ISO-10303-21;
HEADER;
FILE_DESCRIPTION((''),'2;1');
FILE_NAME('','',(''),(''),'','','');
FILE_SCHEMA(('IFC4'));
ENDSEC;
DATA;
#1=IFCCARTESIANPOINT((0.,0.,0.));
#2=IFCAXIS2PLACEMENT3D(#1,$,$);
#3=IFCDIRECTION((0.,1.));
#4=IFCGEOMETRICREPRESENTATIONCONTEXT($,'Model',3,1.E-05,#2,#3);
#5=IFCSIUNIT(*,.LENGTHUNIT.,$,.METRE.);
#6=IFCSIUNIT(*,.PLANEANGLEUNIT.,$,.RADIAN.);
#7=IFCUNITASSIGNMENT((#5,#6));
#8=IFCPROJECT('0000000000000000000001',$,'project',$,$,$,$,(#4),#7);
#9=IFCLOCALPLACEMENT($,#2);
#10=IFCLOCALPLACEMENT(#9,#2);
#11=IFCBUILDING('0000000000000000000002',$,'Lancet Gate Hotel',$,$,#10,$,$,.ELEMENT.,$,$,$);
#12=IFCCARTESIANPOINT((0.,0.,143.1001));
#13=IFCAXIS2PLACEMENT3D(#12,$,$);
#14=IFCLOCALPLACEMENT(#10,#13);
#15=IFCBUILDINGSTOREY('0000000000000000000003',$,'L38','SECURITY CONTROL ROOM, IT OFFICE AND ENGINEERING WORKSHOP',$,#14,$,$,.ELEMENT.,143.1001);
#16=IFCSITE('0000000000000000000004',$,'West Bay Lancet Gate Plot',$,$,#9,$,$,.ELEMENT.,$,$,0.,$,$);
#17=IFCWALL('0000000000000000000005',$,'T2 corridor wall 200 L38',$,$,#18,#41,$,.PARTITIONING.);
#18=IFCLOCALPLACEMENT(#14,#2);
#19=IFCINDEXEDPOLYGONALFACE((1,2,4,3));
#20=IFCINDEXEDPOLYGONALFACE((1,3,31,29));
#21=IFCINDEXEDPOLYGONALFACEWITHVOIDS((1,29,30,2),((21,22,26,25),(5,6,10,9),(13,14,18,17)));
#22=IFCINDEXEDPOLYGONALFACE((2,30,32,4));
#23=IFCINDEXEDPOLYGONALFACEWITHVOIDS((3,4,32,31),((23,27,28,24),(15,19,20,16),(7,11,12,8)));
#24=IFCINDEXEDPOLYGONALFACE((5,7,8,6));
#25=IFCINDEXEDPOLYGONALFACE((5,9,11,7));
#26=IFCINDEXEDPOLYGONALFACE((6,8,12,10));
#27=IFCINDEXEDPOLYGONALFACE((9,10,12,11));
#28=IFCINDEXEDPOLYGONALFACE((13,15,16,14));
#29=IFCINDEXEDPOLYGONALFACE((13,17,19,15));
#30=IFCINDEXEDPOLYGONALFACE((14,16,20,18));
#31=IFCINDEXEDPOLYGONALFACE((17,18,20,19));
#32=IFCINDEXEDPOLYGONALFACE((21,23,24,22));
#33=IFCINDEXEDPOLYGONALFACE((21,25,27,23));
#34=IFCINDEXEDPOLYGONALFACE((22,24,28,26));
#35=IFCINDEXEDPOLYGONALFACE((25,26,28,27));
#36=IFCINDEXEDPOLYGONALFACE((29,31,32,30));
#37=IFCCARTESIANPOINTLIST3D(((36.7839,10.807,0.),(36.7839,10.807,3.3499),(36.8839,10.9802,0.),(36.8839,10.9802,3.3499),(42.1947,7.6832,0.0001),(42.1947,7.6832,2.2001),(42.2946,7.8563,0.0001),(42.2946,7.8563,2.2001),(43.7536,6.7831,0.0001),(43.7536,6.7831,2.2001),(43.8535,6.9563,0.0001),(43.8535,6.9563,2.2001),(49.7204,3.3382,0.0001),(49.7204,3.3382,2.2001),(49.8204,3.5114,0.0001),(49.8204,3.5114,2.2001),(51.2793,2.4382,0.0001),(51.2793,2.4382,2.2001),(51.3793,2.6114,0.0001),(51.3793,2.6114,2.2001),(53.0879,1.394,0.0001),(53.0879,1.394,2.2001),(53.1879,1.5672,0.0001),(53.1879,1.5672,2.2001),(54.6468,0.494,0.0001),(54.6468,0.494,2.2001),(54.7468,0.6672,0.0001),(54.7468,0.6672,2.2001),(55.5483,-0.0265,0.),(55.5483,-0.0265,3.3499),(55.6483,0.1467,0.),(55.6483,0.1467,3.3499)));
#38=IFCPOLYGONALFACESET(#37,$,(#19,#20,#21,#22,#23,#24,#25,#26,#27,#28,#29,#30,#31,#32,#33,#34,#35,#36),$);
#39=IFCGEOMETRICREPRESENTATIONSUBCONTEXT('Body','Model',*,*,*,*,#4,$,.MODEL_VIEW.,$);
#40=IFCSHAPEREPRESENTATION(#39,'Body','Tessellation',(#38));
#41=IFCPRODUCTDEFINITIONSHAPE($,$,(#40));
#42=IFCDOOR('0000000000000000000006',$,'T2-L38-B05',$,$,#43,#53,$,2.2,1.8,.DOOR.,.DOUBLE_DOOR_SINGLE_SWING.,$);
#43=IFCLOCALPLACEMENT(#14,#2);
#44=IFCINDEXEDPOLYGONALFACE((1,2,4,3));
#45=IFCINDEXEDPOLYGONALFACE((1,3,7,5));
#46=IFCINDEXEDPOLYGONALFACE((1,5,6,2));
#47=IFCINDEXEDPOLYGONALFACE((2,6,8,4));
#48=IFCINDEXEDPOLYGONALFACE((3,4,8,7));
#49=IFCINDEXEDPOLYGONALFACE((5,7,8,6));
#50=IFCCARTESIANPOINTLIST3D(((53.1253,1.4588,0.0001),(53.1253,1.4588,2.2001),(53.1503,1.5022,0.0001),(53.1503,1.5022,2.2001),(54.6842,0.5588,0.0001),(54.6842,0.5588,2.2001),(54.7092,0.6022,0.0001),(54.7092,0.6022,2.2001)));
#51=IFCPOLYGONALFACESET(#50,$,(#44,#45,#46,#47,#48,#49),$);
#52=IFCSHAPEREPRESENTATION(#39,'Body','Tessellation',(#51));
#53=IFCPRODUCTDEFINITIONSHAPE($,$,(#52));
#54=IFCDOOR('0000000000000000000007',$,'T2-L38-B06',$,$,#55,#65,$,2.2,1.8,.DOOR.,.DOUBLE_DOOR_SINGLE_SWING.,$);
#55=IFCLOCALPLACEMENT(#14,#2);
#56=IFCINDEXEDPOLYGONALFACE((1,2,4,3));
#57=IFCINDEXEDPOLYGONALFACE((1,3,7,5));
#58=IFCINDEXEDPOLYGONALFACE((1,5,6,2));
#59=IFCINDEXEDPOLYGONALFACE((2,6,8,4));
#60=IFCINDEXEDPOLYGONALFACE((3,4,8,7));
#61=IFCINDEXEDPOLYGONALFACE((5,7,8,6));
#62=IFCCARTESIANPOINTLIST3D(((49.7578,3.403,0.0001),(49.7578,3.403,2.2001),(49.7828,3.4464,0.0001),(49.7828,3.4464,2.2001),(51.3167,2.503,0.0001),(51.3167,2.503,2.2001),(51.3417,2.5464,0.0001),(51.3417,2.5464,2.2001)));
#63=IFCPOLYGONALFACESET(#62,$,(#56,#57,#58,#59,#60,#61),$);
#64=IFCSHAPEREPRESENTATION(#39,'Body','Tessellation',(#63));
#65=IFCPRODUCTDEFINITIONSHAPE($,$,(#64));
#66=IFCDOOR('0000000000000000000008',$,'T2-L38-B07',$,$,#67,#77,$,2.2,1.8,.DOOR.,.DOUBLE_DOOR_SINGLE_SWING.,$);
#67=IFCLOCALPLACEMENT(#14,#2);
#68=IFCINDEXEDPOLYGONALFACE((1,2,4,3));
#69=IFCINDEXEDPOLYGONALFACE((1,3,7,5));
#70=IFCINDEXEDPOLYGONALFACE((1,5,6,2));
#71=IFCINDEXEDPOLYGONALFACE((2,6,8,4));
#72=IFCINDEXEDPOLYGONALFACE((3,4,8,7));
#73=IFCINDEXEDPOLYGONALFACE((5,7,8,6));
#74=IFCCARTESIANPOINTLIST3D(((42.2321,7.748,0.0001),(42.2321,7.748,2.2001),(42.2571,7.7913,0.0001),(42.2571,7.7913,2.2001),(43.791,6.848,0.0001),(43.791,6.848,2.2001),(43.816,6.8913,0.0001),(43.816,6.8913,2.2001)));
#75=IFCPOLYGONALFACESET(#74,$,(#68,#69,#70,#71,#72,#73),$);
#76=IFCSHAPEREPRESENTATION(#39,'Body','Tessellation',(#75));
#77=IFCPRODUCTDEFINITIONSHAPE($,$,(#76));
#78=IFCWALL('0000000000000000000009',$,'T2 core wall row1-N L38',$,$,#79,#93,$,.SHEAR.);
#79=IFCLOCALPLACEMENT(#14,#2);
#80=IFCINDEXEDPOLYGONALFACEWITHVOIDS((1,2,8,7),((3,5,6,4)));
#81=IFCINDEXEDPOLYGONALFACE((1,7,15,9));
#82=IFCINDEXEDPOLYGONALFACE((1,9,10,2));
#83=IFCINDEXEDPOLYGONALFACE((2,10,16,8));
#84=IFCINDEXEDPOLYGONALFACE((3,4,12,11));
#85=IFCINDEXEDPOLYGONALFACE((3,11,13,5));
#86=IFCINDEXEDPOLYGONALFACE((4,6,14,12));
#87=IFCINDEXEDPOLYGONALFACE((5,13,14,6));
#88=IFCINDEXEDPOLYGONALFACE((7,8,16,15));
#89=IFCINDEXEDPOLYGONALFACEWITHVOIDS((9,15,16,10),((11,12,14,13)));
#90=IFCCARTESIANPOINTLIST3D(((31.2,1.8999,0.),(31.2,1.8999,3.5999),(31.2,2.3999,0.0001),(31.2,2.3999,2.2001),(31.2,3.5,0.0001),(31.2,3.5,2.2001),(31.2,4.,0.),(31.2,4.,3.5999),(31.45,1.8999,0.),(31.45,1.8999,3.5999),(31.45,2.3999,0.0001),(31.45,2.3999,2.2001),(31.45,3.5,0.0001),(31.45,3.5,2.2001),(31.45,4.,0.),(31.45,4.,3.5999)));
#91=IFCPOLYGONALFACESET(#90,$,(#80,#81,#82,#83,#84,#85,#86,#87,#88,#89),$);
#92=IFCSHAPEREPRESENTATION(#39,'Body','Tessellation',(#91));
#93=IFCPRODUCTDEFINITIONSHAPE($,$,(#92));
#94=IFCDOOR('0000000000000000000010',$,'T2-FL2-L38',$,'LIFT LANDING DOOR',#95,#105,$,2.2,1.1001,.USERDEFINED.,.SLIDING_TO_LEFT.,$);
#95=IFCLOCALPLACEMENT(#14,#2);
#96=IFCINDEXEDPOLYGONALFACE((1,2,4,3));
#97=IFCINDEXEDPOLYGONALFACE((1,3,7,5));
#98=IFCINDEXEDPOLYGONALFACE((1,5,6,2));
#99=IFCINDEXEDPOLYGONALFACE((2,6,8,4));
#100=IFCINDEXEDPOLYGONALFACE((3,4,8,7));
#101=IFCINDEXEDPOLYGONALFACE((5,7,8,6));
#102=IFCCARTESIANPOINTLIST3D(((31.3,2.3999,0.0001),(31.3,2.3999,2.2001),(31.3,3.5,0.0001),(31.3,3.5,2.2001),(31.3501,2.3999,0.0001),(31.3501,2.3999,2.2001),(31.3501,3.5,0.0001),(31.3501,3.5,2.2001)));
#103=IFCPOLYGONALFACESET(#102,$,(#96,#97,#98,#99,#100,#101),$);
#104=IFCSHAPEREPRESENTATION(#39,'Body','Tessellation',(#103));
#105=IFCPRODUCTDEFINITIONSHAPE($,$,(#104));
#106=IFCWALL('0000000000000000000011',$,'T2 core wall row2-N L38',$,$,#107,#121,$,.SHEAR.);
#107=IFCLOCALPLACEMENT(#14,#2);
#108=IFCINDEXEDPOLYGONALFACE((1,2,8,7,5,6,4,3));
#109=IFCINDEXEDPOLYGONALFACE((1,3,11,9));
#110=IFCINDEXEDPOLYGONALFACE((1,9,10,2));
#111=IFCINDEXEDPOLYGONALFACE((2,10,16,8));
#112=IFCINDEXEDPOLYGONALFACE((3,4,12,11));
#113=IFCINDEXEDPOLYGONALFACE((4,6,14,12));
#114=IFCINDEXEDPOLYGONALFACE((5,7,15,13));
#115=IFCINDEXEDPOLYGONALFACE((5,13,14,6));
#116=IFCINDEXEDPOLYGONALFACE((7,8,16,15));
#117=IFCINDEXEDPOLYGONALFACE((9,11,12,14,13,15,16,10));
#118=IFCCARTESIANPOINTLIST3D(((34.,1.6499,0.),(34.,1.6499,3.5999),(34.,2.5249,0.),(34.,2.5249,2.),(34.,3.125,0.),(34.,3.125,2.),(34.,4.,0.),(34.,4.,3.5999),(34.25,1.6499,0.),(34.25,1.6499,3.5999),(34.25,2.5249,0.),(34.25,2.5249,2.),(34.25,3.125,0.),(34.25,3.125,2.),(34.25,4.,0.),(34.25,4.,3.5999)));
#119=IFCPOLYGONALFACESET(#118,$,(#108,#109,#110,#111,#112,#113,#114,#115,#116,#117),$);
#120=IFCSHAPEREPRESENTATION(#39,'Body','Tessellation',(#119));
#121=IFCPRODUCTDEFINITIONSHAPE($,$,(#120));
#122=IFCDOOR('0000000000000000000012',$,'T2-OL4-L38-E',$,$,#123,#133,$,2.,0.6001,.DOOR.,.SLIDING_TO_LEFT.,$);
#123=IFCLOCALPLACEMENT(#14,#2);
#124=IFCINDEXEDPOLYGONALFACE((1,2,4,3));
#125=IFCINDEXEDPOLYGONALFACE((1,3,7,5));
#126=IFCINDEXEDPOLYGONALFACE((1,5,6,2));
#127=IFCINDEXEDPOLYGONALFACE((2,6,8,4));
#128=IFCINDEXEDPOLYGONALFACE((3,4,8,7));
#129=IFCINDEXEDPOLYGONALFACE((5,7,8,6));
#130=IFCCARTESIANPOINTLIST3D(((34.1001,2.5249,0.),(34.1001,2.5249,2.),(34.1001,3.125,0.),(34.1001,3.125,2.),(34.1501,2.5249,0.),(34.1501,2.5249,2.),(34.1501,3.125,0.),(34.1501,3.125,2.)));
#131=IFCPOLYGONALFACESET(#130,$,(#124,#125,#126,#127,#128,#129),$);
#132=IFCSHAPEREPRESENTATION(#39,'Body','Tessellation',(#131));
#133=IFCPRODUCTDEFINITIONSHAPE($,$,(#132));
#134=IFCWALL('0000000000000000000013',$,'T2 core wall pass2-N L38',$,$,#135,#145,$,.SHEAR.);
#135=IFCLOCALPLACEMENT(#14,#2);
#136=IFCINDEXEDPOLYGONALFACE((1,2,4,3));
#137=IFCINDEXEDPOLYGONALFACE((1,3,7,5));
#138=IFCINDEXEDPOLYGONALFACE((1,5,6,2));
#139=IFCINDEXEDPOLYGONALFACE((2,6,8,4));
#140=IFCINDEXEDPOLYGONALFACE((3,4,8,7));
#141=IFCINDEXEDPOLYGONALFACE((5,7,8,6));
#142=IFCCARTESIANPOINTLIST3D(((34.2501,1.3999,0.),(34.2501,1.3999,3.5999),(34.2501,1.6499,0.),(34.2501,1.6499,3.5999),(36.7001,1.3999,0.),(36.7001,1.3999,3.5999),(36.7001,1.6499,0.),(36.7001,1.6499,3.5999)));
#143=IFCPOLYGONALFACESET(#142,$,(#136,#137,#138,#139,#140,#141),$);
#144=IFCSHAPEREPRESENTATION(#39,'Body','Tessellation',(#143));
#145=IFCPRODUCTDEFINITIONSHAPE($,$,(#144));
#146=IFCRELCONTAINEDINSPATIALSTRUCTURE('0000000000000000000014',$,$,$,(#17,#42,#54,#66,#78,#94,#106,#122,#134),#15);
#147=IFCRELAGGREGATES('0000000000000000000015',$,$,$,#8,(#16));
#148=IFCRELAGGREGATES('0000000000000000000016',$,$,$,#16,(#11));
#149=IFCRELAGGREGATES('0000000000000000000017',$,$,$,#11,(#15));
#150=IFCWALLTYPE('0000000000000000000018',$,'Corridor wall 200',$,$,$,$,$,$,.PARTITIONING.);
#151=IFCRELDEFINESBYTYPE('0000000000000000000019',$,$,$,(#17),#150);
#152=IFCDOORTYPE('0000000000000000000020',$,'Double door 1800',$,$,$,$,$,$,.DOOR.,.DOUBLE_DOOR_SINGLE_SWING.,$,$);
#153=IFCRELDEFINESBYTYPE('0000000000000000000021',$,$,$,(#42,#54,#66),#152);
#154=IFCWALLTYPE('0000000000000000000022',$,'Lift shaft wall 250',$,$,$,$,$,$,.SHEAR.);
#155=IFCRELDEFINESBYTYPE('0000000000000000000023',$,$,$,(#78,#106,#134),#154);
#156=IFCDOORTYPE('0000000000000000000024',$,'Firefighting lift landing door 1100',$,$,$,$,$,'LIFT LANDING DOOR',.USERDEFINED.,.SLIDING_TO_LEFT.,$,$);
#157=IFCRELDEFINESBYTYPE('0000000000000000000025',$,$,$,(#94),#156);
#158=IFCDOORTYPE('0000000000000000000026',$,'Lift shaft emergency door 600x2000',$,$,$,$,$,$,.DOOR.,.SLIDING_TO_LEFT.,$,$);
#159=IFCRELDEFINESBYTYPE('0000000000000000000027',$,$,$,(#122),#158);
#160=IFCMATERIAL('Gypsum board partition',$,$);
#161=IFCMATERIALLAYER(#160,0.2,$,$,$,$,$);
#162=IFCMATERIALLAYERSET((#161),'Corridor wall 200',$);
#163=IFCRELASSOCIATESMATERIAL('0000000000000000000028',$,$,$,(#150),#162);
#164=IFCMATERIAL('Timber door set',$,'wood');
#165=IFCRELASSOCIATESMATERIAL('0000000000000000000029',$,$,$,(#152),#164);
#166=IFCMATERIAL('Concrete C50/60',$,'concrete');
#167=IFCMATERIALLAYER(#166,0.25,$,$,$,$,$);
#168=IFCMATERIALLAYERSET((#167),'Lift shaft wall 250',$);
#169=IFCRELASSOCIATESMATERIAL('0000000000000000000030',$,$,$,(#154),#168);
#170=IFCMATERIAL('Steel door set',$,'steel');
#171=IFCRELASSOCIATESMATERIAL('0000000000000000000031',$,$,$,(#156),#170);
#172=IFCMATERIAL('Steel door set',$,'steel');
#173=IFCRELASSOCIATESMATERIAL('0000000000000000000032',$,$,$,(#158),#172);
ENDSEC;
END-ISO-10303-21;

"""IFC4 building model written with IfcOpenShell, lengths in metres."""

from ifc_helpers import new_model, si_unit, direction, frame, frame_2d, origin, place, context, subcontext, project, spatial, rectangle, extrude, material, layer, layer_set, type_object, element, fill, save


model = new_model("IFC4")

# Units and contexts
model_context = context("Model", 3, precision=1e-05, world=origin(), true_north=direction((0.0, 1.0)))
body_context = subcontext(model_context, "Body", "Model", "MODEL_VIEW")
ifc_project = project(units=[si_unit("LENGTHUNIT", "METRE"), si_unit("PLANEANGLEUNIT", "RADIAN")], contexts=[model_context])

# Site, building, storey
site_placement = place(None, origin())
site = spatial("IfcSite", under=ifc_project, at=site_placement, Name="West Bay Lancet Gate Plot", CompositionType="ELEMENT", RefElevation=0.0)
building_placement = place(site_placement, origin())
building = spatial("IfcBuilding", under=site, at=building_placement, Name="Lancet Gate Hotel", CompositionType="ELEMENT")
storey_placement = place(building_placement, frame((0.0, 0.0, 143.1001)))
storey = spatial("IfcBuildingStorey", under=building, at=storey_placement, Name="L38", Description="SECURITY CONTROL ROOM, IT OFFICE AND ENGINEERING WORKSHOP", CompositionType="ELEMENT", Elevation=143.1001)

# Wall, openings, doors
ifc_material_1 = material(Name="Gypsum board partition")
ifc_layer_1 = layer(ifc_material_1, 0.2)
ifc_layer_set_1 = layer_set([ifc_layer_1], Name="Corridor wall 200")
wall_type_1 = type_object("IfcWallType", Name="Corridor wall 200", PredefinedType="PARTITIONING", material=ifc_layer_set_1)
wall_1_placement = place(storey_placement, frame((36.834, 10.8936, 0.0), z_axis=(0.0, 0.0, 1.0), x_axis=(0.866028, -0.499995, 0.0)))
wall_1 = element("IfcWall", 1, at=wall_1_placement, inside=storey, type_object=wall_type_1, Name="T2 corridor wall 200 L38", PredefinedType="PARTITIONING", context=body_context, shape_type="SweptSolid", body=[
    extrude(rectangle(XDim=21.6672, YDim=0.2, at=frame_2d((10.8335, 0.0))), origin(), (0.0, 0.0, 1.0), 3.3499),
])
opening_1_placement = place(wall_1_placement, frame((18.8262, 0.0, 0.0)))
opening_1 = element("IfcOpeningElement", 2, at=opening_1_placement, cuts=wall_1, PredefinedType="OPENING", context=body_context, shape_type="SweptSolid", body=[
    extrude(rectangle(XDim=1.8, YDim=2.2, at=frame_2d((0.8999, 1.1001))), frame((0.0, 0.1099, 0.0), z_axis=(0.0, -1.0, 0.0), x_axis=(1.0, 0.0, 0.0)), (0.0, 0.0, 1.0), 0.22),
])
opening_2_placement = place(wall_1_placement, frame((14.9377, 0.0, 0.0)))
opening_2 = element("IfcOpeningElement", 3, at=opening_2_placement, cuts=wall_1, PredefinedType="OPENING", context=body_context, shape_type="SweptSolid", body=[
    extrude(rectangle(XDim=1.8, YDim=2.2, at=frame_2d((0.8999, 1.1001))), frame((0.0, 0.1099, 0.0), z_axis=(0.0, -1.0, 0.0), x_axis=(1.0, 0.0, 0.0)), (0.0, 0.0, 1.0), 0.22),
])
opening_3_placement = place(wall_1_placement, frame((6.2478, 0.0, 0.0)))
opening_3 = element("IfcOpeningElement", 4, at=opening_3_placement, cuts=wall_1, PredefinedType="OPENING", context=body_context, shape_type="SweptSolid", body=[
    extrude(rectangle(XDim=1.8, YDim=2.2, at=frame_2d((0.8999, 1.1001))), frame((0.0, 0.1099, 0.0), z_axis=(0.0, -1.0, 0.0), x_axis=(1.0, 0.0, 0.0)), (0.0, 0.0, 1.0), 0.22),
])
ifc_material_2 = material(Name="Timber door set", Category="wood")
door_type_1 = type_object("IfcDoorType", Name="Double door 1800", OperationType="DOUBLE_DOOR_SINGLE_SWING", PredefinedType="DOOR", material=ifc_material_2)
door_1_placement = place(opening_1_placement, origin())
door_1 = element("IfcDoor", 5, at=door_1_placement, inside=storey, type_object=door_type_1, Name="T2-L38-B05", OperationType="DOUBLE_DOOR_SINGLE_SWING", OverallHeight=2.2, OverallWidth=1.8, PredefinedType="DOOR", context=body_context, shape_type="SweptSolid", body=[
    extrude(rectangle(XDim=1.8, YDim=2.2, at=frame_2d((0.8999, 1.1001))), frame((0.0, 0.0249, 0.0), z_axis=(0.0, -1.0, 0.0), x_axis=(1.0, 0.0, 0.0)), (0.0, 0.0, 1.0), 0.05),
])
fill(opening_1, door_1)
door_2_placement = place(opening_2_placement, origin())
door_2 = element("IfcDoor", 6, at=door_2_placement, inside=storey, type_object=door_type_1, Name="T2-L38-B06", OperationType="DOUBLE_DOOR_SINGLE_SWING", OverallHeight=2.2, OverallWidth=1.8, PredefinedType="DOOR", context=body_context, shape_type="SweptSolid", body=[
    extrude(rectangle(XDim=1.8, YDim=2.2, at=frame_2d((0.8999, 1.1001))), frame((0.0, 0.0249, 0.0), z_axis=(0.0, -1.0, 0.0), x_axis=(1.0, 0.0, 0.0)), (0.0, 0.0, 1.0), 0.05),
])
fill(opening_2, door_2)
door_3_placement = place(opening_3_placement, origin())
door_3 = element("IfcDoor", 7, at=door_3_placement, inside=storey, type_object=door_type_1, Name="T2-L38-B07", OperationType="DOUBLE_DOOR_SINGLE_SWING", OverallHeight=2.2, OverallWidth=1.8, PredefinedType="DOOR", context=body_context, shape_type="SweptSolid", body=[
    extrude(rectangle(XDim=1.8, YDim=2.2, at=frame_2d((0.8999, 1.1001))), frame((0.0, 0.0249, 0.0), z_axis=(0.0, -1.0, 0.0), x_axis=(1.0, 0.0, 0.0)), (0.0, 0.0, 1.0), 0.05),
])
fill(opening_3, door_3)

# Walls, openings, doors
ifc_material_3 = material(Name="Concrete C50/60", Category="concrete")
ifc_layer_2 = layer(ifc_material_3, 0.25)
ifc_layer_set_2 = layer_set([ifc_layer_2], Name="Lift shaft wall 250")
wall_type_2 = type_object("IfcWallType", Name="Lift shaft wall 250", PredefinedType="SHEAR", material=ifc_layer_set_2)
wall_2_placement = place(storey_placement, frame((31.325, 1.8999, 0.0), z_axis=(0.0, 0.0, 1.0), x_axis=(0.0, 1.0, 0.0)))
wall_2 = element("IfcWall", 8, at=wall_2_placement, inside=storey, type_object=wall_type_2, Name="T2 core wall row1-N L38", PredefinedType="SHEAR", context=body_context, shape_type="SweptSolid", body=[
    extrude(rectangle(XDim=2.1001, YDim=0.25, at=frame_2d((1.05, 0.0))), origin(), (0.0, 0.0, 1.0), 3.5999),
])
opening_4_placement = place(wall_2_placement, frame((0.5, 0.0, 0.0)))
opening_4 = element("IfcOpeningElement", 9, at=opening_4_placement, cuts=wall_2, PredefinedType="OPENING", context=body_context, shape_type="SweptSolid", body=[
    extrude(rectangle(XDim=1.1001, YDim=2.2, at=frame_2d((0.55, 1.1001))), frame((0.0, 0.135, 0.0), z_axis=(0.0, -1.0, 0.0), x_axis=(1.0, 0.0, 0.0)), (0.0, 0.0, 1.0), 0.27),
])
ifc_material_4 = material(Name="Steel door set", Category="steel")
door_type_2 = type_object("IfcDoorType", Name="Firefighting lift landing door 1100", ElementType="LIFT LANDING DOOR", OperationType="SLIDING_TO_LEFT", PredefinedType="USERDEFINED", material=ifc_material_4)
door_4_placement = place(opening_4_placement, origin())
door_4 = element("IfcDoor", 10, at=door_4_placement, inside=storey, type_object=door_type_2, Name="T2-FL2-L38", ObjectType="LIFT LANDING DOOR", OperationType="SLIDING_TO_LEFT", OverallHeight=2.2, OverallWidth=1.1001, PredefinedType="USERDEFINED", context=body_context, shape_type="SweptSolid", body=[
    extrude(rectangle(XDim=1.1001, YDim=2.2, at=frame_2d((0.55, 1.1001))), frame((0.0, 0.0249, 0.0), z_axis=(0.0, -1.0, 0.0), x_axis=(1.0, 0.0, 0.0)), (0.0, 0.0, 1.0), 0.05),
])
fill(opening_4, door_4)
wall_3_placement = place(storey_placement, frame((34.125, 1.6499, 0.0), z_axis=(0.0, 0.0, 1.0), x_axis=(0.0, 1.0, 0.0)))
wall_3 = element("IfcWall", 11, at=wall_3_placement, inside=storey, type_object=wall_type_2, Name="T2 core wall row2-N L38", PredefinedType="SHEAR", context=body_context, shape_type="SweptSolid", body=[
    extrude(rectangle(XDim=2.3501, YDim=0.25, at=frame_2d((1.175, 0.0))), origin(), (0.0, 0.0, 1.0), 3.5999),
])
opening_5_placement = place(wall_3_placement, frame((0.875, 0.0, 0.0)))
opening_5 = element("IfcOpeningElement", 12, at=opening_5_placement, cuts=wall_3, PredefinedType="OPENING", context=body_context, shape_type="SweptSolid", body=[
    extrude(rectangle(XDim=0.6001, YDim=2.0, at=frame_2d((0.3, 1.0))), frame((0.0, 0.135, 0.0), z_axis=(0.0, -1.0, 0.0), x_axis=(1.0, 0.0, 0.0)), (0.0, 0.0, 1.0), 0.27),
])
ifc_material_5 = material(Name="Steel door set", Category="steel")
door_type_3 = type_object("IfcDoorType", Name="Lift shaft emergency door 600x2000", OperationType="SLIDING_TO_LEFT", PredefinedType="DOOR", material=ifc_material_5)
door_5_placement = place(opening_5_placement, origin())
door_5 = element("IfcDoor", 13, at=door_5_placement, inside=storey, type_object=door_type_3, Name="T2-OL4-L38-E", OperationType="SLIDING_TO_LEFT", OverallHeight=2.0, OverallWidth=0.6001, PredefinedType="DOOR", context=body_context, shape_type="SweptSolid", body=[
    extrude(rectangle(XDim=0.6001, YDim=2.0, at=frame_2d((0.3, 1.0))), frame((0.0, 0.0249, 0.0), z_axis=(0.0, -1.0, 0.0), x_axis=(1.0, 0.0, 0.0)), (0.0, 0.0, 1.0), 0.05),
])
fill(opening_5, door_5)

# Wall
wall_4_placement = place(storey_placement, frame((34.25, 1.5249, 0.0), z_axis=(0.0, 0.0, 1.0), x_axis=(1.0, 0.0, 0.0)))
element("IfcWall", 14, at=wall_4_placement, inside=storey, type_object=wall_type_2, Name="T2 core wall pass2-N L38", PredefinedType="SHEAR", context=body_context, shape_type="SweptSolid", body=[
    extrude(rectangle(XDim=2.45, YDim=0.25, at=frame_2d((1.2251, 0.0))), origin(), (0.0, 0.0, 1.0), 3.5999),
])

save(model, "model.ifc")
